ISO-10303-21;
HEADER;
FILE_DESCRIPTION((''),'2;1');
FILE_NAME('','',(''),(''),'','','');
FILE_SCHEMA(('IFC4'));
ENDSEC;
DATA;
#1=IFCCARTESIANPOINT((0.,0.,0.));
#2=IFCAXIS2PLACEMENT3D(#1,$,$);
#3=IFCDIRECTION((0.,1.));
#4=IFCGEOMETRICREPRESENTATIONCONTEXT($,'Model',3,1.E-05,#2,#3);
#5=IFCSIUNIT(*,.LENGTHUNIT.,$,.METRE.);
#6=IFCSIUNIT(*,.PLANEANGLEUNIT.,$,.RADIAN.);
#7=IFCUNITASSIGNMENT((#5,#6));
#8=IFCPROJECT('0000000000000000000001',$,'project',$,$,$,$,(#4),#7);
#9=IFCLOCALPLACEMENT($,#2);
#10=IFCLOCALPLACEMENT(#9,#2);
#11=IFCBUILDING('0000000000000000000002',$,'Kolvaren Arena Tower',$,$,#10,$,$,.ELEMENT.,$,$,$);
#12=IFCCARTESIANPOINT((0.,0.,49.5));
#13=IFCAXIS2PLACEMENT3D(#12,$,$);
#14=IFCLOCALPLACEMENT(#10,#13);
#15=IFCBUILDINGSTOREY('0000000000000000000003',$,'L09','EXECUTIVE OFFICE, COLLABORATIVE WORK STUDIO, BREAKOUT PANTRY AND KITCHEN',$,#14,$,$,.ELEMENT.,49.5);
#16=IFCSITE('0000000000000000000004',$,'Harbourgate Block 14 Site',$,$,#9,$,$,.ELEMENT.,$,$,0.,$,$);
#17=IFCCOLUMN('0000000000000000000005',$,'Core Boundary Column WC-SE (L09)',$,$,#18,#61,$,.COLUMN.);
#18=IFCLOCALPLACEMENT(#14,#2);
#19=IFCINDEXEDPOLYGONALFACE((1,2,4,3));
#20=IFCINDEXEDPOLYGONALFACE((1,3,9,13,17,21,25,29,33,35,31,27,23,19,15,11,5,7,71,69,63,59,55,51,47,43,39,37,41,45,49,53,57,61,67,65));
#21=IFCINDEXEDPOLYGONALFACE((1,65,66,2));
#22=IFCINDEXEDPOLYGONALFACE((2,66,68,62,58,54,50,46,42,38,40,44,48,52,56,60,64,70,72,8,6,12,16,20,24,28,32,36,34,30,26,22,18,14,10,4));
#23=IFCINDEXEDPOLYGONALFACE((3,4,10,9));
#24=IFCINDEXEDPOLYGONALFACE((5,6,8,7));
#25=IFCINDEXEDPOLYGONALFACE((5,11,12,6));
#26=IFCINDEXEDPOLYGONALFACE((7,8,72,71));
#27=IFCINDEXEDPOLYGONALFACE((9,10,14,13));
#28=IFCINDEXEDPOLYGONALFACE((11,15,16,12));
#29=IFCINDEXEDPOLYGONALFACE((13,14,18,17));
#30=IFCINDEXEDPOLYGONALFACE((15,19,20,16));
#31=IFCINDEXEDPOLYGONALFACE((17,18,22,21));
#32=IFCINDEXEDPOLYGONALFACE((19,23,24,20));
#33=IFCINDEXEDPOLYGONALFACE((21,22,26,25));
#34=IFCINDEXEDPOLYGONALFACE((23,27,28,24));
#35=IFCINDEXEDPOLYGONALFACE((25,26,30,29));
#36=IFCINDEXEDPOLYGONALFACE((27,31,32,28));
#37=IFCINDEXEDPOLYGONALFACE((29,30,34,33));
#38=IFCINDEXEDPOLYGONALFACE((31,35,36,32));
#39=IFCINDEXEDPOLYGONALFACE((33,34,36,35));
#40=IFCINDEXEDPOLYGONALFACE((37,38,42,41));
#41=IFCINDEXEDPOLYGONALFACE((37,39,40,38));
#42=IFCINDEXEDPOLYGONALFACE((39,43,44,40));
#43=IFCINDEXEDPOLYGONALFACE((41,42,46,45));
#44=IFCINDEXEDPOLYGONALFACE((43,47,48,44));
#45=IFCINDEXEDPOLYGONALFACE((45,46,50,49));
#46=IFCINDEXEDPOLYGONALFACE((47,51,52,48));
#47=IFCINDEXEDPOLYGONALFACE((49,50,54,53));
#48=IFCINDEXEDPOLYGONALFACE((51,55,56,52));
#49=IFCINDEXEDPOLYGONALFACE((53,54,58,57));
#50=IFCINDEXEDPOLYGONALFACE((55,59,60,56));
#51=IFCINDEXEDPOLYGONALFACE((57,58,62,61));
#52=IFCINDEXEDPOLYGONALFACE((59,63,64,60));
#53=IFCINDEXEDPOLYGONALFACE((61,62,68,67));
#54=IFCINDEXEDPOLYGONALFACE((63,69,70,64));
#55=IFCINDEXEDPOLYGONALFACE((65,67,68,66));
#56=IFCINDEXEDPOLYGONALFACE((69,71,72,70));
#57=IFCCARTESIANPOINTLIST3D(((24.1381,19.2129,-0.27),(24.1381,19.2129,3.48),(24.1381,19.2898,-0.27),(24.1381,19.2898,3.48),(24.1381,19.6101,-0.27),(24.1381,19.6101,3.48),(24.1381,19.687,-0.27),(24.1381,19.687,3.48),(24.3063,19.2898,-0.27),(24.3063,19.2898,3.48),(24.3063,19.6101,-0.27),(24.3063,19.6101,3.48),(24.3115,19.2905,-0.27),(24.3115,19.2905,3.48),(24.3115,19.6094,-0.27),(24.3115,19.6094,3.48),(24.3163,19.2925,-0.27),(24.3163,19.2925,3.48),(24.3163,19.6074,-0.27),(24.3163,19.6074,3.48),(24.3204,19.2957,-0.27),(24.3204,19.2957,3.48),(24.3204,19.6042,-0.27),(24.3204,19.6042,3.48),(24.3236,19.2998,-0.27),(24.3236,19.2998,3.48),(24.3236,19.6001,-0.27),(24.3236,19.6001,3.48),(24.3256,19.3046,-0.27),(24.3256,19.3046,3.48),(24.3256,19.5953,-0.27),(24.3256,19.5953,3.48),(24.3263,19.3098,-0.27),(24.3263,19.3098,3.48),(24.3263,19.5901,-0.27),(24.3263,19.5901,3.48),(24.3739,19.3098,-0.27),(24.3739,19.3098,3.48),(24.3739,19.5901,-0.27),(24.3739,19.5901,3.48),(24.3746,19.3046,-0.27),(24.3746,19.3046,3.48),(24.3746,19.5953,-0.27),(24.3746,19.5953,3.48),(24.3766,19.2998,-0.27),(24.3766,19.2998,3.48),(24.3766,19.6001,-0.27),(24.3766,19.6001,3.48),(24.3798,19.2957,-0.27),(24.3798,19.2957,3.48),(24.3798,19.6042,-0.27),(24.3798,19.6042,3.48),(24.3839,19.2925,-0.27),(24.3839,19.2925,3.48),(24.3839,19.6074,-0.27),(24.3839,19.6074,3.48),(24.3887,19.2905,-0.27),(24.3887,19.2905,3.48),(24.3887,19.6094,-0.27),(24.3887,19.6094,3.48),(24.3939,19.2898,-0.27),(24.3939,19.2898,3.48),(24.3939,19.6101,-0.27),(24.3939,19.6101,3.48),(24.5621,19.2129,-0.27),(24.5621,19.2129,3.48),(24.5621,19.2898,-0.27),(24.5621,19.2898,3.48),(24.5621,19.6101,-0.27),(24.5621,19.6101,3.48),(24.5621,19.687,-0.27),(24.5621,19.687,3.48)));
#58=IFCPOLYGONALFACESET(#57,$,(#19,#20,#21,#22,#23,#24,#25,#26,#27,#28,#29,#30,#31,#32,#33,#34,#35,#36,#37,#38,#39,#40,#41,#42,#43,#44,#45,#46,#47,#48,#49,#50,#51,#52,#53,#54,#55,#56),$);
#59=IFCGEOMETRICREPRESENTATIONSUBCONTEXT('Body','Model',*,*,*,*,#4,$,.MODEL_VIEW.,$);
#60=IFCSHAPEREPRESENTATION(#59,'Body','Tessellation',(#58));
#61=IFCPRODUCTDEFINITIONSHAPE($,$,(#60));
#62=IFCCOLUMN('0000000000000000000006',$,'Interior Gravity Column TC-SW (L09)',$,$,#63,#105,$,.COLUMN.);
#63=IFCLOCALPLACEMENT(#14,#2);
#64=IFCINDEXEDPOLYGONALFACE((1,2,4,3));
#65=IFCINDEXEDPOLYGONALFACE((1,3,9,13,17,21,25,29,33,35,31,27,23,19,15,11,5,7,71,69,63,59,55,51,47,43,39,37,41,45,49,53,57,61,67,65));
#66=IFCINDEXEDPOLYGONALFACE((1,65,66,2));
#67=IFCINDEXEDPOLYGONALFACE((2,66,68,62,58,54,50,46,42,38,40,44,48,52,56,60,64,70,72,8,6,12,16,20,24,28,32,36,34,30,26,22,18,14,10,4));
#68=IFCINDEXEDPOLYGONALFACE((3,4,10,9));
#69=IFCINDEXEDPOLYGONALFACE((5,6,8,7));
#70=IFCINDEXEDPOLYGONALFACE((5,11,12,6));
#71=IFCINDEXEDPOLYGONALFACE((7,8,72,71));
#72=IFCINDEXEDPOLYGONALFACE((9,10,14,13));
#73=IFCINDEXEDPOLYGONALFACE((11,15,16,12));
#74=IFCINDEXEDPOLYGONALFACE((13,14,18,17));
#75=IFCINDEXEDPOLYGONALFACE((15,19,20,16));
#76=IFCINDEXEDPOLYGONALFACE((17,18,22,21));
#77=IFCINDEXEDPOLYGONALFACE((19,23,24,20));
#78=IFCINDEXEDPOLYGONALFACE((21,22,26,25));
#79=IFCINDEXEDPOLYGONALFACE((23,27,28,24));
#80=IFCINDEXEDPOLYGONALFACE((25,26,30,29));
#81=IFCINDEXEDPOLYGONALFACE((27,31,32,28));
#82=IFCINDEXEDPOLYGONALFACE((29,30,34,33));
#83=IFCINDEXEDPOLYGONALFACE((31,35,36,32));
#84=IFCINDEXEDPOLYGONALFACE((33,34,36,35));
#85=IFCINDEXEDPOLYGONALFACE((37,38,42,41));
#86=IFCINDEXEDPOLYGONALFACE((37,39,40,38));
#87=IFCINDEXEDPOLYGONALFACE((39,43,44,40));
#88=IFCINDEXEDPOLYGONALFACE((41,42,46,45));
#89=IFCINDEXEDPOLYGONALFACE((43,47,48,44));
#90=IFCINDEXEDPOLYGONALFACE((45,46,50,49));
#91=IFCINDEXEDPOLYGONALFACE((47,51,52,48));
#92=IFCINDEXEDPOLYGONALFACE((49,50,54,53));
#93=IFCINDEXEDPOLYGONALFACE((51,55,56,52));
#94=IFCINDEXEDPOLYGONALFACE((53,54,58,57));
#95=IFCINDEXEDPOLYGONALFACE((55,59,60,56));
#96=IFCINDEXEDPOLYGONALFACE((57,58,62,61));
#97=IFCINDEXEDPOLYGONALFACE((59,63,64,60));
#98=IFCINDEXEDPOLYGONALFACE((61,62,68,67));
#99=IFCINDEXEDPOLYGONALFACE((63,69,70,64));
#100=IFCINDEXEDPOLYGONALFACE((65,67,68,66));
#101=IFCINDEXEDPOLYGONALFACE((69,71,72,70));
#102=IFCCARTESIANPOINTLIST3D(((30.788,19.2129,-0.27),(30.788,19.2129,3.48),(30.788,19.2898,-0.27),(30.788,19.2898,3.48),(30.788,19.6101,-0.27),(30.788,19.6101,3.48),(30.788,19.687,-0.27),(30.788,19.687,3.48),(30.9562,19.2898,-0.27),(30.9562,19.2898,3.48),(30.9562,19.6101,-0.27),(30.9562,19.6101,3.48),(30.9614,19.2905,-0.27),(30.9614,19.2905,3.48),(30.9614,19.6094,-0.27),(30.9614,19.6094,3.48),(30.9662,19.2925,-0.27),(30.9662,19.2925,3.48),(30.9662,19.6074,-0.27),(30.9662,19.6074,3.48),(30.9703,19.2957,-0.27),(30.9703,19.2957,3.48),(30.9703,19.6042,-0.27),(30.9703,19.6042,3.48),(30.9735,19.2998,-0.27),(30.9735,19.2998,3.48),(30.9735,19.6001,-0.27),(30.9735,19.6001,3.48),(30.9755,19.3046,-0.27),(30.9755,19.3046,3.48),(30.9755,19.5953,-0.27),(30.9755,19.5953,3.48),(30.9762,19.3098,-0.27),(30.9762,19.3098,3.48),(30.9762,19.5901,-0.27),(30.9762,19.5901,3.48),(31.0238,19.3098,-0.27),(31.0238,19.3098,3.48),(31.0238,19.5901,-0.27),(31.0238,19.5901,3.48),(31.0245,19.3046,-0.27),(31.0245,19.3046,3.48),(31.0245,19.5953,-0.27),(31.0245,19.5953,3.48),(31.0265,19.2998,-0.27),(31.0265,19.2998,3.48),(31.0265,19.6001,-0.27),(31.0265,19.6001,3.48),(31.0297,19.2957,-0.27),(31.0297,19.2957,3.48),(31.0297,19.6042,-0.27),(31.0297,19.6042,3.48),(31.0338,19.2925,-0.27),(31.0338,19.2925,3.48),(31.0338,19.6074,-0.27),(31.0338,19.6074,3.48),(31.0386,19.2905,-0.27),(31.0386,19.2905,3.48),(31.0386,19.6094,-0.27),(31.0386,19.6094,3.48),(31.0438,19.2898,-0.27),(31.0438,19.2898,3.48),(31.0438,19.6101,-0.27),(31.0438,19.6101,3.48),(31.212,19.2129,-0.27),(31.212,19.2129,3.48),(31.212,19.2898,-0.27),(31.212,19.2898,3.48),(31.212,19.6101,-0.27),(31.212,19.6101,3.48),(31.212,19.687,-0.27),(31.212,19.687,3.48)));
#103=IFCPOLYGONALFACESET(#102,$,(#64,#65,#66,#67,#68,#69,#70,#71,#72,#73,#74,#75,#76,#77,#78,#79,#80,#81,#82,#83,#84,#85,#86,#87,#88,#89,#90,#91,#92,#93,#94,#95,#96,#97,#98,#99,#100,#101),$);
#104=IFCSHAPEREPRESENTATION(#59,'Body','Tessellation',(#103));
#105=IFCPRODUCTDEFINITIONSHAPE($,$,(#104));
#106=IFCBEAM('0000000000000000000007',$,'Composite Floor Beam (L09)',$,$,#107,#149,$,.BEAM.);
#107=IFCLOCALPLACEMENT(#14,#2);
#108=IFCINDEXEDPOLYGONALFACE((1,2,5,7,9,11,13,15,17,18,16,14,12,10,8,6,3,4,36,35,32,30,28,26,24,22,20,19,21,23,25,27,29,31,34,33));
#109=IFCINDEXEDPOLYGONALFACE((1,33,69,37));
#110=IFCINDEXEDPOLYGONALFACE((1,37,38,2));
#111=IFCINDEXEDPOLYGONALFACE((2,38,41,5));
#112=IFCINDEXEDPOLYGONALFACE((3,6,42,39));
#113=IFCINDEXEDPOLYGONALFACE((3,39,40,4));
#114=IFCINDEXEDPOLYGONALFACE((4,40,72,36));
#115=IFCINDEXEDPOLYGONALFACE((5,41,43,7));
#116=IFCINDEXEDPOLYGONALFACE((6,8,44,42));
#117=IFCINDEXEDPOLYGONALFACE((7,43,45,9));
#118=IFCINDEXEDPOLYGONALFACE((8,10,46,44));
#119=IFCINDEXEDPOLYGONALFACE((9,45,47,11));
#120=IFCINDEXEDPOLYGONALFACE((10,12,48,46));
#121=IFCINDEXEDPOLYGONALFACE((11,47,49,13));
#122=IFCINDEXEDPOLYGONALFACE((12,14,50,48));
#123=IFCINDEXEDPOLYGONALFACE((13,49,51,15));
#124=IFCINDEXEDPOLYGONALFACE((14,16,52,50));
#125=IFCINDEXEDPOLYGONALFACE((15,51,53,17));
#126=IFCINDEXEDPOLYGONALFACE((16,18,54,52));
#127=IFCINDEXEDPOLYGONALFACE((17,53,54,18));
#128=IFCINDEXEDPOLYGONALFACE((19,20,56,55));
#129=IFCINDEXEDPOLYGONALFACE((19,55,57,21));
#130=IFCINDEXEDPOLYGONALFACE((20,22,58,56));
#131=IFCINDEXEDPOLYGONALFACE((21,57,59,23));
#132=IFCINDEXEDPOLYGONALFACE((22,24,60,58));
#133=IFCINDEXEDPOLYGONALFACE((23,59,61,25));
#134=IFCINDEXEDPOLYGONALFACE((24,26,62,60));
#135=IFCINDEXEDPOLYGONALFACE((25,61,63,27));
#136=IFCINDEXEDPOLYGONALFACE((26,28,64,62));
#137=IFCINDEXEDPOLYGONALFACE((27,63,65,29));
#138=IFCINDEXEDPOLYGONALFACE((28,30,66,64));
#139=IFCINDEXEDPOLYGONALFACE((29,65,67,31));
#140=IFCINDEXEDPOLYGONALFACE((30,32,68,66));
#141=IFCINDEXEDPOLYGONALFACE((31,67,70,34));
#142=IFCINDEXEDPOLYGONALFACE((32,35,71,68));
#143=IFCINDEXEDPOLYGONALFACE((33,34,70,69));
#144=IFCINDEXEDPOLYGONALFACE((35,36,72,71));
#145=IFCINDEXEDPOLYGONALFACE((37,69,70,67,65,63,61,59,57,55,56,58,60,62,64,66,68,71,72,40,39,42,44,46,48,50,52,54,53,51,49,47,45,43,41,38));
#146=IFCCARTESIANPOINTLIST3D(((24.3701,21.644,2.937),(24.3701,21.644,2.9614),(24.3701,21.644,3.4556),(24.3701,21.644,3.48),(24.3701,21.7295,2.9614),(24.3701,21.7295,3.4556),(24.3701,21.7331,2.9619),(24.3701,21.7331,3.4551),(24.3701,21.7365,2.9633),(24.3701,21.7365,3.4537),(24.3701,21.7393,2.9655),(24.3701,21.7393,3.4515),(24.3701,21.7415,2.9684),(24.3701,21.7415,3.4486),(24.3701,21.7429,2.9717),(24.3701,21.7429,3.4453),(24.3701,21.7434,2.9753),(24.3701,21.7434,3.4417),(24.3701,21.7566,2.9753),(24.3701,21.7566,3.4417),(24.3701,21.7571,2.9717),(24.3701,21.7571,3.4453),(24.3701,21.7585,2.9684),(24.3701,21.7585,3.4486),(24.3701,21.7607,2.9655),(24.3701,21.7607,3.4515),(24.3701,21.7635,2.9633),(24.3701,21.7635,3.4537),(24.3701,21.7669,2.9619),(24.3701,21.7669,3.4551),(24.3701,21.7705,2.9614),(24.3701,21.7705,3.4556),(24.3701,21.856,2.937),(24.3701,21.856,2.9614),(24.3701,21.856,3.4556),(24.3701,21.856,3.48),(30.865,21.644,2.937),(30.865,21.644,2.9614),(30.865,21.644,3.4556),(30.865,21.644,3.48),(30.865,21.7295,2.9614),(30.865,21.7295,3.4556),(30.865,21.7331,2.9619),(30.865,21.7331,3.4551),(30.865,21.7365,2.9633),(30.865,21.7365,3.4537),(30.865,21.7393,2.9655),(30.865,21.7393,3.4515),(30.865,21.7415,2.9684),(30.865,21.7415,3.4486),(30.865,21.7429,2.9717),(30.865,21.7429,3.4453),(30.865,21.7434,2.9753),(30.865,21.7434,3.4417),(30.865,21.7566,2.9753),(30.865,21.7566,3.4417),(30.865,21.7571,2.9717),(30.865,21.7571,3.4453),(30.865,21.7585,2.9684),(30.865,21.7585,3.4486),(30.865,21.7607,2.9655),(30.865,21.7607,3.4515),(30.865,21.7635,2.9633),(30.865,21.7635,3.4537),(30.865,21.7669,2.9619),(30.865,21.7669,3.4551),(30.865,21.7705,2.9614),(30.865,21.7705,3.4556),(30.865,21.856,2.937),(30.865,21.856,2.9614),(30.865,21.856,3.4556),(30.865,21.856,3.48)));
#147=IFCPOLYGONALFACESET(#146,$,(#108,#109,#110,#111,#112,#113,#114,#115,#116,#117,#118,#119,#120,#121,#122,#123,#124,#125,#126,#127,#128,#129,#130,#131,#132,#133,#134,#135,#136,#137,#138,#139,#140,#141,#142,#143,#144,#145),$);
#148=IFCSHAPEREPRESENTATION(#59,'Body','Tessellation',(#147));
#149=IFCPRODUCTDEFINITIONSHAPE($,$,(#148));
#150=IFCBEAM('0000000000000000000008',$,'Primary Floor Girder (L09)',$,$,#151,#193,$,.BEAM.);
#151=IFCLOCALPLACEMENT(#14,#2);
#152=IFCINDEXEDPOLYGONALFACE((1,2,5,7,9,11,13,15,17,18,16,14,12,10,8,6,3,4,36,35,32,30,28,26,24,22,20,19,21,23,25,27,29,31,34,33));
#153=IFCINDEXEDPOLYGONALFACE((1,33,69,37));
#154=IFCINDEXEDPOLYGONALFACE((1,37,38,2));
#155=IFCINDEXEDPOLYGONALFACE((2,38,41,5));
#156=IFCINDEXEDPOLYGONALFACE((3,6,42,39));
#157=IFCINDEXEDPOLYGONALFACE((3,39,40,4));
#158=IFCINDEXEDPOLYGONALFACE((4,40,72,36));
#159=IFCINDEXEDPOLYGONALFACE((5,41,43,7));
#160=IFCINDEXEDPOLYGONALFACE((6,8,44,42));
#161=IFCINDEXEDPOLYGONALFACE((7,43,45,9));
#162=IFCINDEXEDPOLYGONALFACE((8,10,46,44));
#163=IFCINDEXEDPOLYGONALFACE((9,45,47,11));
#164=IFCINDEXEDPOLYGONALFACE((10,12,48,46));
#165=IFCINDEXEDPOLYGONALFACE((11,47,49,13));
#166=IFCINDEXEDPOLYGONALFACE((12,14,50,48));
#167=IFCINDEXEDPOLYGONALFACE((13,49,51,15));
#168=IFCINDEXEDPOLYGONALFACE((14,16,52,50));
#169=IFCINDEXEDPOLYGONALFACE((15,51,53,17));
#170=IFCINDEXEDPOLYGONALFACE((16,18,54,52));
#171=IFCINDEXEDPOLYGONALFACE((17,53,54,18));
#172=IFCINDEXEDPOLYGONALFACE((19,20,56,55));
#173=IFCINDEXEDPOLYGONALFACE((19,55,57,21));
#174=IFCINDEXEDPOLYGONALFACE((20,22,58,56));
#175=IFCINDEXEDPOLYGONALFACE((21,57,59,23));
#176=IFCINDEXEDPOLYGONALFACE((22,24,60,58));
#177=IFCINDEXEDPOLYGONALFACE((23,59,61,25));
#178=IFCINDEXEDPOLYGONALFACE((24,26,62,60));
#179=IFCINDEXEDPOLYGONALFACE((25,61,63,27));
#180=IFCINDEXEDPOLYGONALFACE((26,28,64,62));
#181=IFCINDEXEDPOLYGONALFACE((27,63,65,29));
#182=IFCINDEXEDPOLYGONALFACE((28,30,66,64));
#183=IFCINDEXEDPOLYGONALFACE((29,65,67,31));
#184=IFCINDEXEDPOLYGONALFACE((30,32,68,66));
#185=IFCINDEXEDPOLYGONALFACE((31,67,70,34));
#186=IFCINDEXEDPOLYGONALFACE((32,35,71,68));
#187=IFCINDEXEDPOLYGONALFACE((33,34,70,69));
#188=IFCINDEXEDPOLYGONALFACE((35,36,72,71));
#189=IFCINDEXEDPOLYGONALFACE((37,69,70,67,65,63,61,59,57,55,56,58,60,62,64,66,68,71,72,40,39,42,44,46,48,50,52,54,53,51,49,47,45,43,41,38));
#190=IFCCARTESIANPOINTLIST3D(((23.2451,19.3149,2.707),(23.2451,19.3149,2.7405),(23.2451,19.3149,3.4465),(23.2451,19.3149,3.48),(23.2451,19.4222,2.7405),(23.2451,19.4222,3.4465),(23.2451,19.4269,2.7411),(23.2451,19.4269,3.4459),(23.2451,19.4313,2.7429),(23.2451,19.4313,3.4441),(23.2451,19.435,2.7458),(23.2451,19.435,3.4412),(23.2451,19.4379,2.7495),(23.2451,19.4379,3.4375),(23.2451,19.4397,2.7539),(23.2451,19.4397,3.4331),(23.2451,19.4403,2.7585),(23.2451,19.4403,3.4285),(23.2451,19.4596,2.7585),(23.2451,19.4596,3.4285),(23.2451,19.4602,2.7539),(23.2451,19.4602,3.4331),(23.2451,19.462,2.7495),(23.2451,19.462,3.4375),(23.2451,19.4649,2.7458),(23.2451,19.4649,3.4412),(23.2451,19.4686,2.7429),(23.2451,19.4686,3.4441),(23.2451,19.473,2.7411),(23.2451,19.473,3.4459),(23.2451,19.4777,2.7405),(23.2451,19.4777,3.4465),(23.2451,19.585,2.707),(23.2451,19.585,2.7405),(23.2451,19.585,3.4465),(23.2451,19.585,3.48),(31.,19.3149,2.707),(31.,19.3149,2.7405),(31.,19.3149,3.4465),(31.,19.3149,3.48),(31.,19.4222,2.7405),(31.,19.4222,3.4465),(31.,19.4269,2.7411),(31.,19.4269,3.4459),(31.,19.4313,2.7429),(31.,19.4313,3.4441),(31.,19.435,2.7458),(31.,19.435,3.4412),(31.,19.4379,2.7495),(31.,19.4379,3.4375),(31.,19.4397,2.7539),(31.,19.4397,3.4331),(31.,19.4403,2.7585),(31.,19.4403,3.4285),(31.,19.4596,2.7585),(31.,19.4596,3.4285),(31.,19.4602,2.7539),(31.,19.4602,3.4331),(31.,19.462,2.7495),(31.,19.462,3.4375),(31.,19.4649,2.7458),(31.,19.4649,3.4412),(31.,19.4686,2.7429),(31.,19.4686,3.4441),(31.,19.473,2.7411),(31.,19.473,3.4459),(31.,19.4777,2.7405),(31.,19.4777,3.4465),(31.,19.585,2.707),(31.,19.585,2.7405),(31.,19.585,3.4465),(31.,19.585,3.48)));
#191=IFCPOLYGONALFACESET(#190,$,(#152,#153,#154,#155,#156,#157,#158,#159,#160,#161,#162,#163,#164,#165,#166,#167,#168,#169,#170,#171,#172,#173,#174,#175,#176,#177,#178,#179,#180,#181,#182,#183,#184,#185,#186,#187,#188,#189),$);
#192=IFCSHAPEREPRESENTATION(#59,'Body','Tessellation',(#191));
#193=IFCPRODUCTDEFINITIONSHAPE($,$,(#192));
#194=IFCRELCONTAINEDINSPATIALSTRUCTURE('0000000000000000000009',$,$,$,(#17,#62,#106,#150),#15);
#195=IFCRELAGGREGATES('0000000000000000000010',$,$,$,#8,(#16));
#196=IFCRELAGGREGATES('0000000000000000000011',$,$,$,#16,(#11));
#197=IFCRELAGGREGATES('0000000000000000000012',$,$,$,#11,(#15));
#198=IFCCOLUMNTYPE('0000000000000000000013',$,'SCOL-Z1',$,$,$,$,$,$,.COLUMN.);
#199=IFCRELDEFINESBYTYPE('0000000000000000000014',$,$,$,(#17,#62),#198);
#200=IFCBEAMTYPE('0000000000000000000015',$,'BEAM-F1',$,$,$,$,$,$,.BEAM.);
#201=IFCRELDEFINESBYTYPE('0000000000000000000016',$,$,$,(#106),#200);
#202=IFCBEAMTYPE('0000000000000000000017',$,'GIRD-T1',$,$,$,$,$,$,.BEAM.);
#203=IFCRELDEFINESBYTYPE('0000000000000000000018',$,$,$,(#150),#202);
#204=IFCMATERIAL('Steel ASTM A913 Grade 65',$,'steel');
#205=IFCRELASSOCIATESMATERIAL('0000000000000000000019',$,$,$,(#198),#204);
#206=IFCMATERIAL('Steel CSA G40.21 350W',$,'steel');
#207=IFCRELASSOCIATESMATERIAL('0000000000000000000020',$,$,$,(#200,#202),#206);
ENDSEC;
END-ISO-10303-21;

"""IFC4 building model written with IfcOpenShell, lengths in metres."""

from ifc_helpers import new_model, si_unit, direction, frame, origin, origin_2d, place, context, subcontext, project, spatial, i_section, extrude, material, material_profile, profile_set, type_object, element, save


model = new_model("IFC4")

# Units and contexts
model_context = context("Model", 3, precision=1e-05, world=origin(), true_north=direction((0.0, 1.0)))
body_context = subcontext(model_context, "Body", "Model", "MODEL_VIEW")
ifc_project = project(units=[si_unit("LENGTHUNIT", "METRE"), si_unit("PLANEANGLEUNIT", "RADIAN")], contexts=[model_context])

# Site, building, storey
site_placement = place(None, origin())
site = spatial("IfcSite", under=ifc_project, at=site_placement, Name="Harbourgate Block 14 Site", CompositionType="ELEMENT", RefElevation=0.0)
building_placement = place(site_placement, origin())
building = spatial("IfcBuilding", under=site, at=building_placement, Name="Kolvaren Arena Tower", CompositionType="ELEMENT")
storey_placement = place(building_placement, frame((0.0, 0.0, 49.5)))
storey = spatial("IfcBuildingStorey", under=building, at=storey_placement, Name="L09", Description="EXECUTIVE OFFICE, COLLABORATIVE WORK STUDIO, BREAKOUT PANTRY AND KITCHEN", CompositionType="ELEMENT", Elevation=49.5)

# Columns
ifc_material_1 = material(Name="Steel ASTM A913 Grade 65", Category="steel")
ifc_material_profile_1 = material_profile(ifc_material_1, i_section(OverallWidth=0.4241, OverallDepth=0.4741, WebThickness=0.0476, FlangeThickness=0.0769, FilletRadius=0.02, at=origin_2d()), Name="W360x634")
ifc_profile_set_1 = profile_set([ifc_material_profile_1], Name="Steel ASTM A913 Grade 65")
column_type = type_object("IfcColumnType", Name="SCOL-Z1", PredefinedType="COLUMN", material=ifc_profile_set_1)
for number, where, z_axis, x_axis, name in (
    (1, (24.3501, 19.45, -0.27), (0.0, 0.0, 1.0), (1.0, 0.0, 0.0), "Core Boundary Column WC-SE (L09)"),
    (2, (31.0, 19.45, -0.27), (0.0, 0.0, 1.0), (1.0, 0.0, 0.0), "Interior Gravity Column TC-SW (L09)"),
):
    element("IfcColumn", number, at=place(storey_placement, frame(where, z_axis=z_axis, x_axis=x_axis)), inside=storey, type_object=column_type, Name=name, PredefinedType="COLUMN", context=body_context, shape_type="SweptSolid", body=[
        extrude(i_section(OverallWidth=0.4241, OverallDepth=0.4741, WebThickness=0.0476, FlangeThickness=0.0769, FilletRadius=0.02, at=origin_2d()), origin(), (0.0, 0.0, 1.0), 3.75),
    ])

# Beams
ifc_material_2 = material(Name="Steel CSA G40.21 350W", Category="steel")
ifc_material_profile_2 = material_profile(ifc_material_2, i_section(OverallWidth=0.2119, OverallDepth=0.543, WebThickness=0.0132, FlangeThickness=0.0244, FilletRadius=0.0139, at=origin_2d()), Name="W530x150")
ifc_profile_set_2 = profile_set([ifc_material_profile_2], Name="Steel CSA G40.21 350W")
beam_type_1 = type_object("IfcBeamType", Name="BEAM-F1", PredefinedType="BEAM", material=ifc_profile_set_2)
beam_1_placement = place(storey_placement, frame((24.3701, 21.75, 3.2085), z_axis=(1.0, 0.0, 0.0), x_axis=(0.0, 1.0, 0.0)))
element("IfcBeam", 3, at=beam_1_placement, inside=storey, type_object=beam_type_1, Name="Composite Floor Beam (L09)", PredefinedType="BEAM", context=body_context, shape_type="SweptSolid", body=[
    extrude(i_section(OverallWidth=0.2119, OverallDepth=0.543, WebThickness=0.0132, FlangeThickness=0.0244, FilletRadius=0.0139, at=origin_2d()), origin(), (0.0, 0.0, 1.0), 6.4949),
])
ifc_material_profile_3 = material_profile(ifc_material_2, i_section(OverallWidth=0.27, OverallDepth=0.7729, WebThickness=0.0193, FlangeThickness=0.0334, FilletRadius=0.0181, at=origin_2d()), Name="W760x257")
ifc_profile_set_3 = profile_set([ifc_material_profile_3], Name="Steel CSA G40.21 350W")
beam_type_2 = type_object("IfcBeamType", Name="GIRD-T1", PredefinedType="BEAM", material=ifc_profile_set_3)
beam_2_placement = place(storey_placement, frame((23.2451, 19.45, 3.0935), z_axis=(1.0, 0.0, 0.0), x_axis=(0.0, 1.0, 0.0)))
element("IfcBeam", 4, at=beam_2_placement, inside=storey, type_object=beam_type_2, Name="Primary Floor Girder (L09)", PredefinedType="BEAM", context=body_context, shape_type="SweptSolid", body=[
    extrude(i_section(OverallWidth=0.27, OverallDepth=0.7729, WebThickness=0.0193, FlangeThickness=0.0334, FilletRadius=0.0181, at=origin_2d()), origin(), (0.0, 0.0, 1.0), 7.7549),
])

save(model, "model.ifc")
